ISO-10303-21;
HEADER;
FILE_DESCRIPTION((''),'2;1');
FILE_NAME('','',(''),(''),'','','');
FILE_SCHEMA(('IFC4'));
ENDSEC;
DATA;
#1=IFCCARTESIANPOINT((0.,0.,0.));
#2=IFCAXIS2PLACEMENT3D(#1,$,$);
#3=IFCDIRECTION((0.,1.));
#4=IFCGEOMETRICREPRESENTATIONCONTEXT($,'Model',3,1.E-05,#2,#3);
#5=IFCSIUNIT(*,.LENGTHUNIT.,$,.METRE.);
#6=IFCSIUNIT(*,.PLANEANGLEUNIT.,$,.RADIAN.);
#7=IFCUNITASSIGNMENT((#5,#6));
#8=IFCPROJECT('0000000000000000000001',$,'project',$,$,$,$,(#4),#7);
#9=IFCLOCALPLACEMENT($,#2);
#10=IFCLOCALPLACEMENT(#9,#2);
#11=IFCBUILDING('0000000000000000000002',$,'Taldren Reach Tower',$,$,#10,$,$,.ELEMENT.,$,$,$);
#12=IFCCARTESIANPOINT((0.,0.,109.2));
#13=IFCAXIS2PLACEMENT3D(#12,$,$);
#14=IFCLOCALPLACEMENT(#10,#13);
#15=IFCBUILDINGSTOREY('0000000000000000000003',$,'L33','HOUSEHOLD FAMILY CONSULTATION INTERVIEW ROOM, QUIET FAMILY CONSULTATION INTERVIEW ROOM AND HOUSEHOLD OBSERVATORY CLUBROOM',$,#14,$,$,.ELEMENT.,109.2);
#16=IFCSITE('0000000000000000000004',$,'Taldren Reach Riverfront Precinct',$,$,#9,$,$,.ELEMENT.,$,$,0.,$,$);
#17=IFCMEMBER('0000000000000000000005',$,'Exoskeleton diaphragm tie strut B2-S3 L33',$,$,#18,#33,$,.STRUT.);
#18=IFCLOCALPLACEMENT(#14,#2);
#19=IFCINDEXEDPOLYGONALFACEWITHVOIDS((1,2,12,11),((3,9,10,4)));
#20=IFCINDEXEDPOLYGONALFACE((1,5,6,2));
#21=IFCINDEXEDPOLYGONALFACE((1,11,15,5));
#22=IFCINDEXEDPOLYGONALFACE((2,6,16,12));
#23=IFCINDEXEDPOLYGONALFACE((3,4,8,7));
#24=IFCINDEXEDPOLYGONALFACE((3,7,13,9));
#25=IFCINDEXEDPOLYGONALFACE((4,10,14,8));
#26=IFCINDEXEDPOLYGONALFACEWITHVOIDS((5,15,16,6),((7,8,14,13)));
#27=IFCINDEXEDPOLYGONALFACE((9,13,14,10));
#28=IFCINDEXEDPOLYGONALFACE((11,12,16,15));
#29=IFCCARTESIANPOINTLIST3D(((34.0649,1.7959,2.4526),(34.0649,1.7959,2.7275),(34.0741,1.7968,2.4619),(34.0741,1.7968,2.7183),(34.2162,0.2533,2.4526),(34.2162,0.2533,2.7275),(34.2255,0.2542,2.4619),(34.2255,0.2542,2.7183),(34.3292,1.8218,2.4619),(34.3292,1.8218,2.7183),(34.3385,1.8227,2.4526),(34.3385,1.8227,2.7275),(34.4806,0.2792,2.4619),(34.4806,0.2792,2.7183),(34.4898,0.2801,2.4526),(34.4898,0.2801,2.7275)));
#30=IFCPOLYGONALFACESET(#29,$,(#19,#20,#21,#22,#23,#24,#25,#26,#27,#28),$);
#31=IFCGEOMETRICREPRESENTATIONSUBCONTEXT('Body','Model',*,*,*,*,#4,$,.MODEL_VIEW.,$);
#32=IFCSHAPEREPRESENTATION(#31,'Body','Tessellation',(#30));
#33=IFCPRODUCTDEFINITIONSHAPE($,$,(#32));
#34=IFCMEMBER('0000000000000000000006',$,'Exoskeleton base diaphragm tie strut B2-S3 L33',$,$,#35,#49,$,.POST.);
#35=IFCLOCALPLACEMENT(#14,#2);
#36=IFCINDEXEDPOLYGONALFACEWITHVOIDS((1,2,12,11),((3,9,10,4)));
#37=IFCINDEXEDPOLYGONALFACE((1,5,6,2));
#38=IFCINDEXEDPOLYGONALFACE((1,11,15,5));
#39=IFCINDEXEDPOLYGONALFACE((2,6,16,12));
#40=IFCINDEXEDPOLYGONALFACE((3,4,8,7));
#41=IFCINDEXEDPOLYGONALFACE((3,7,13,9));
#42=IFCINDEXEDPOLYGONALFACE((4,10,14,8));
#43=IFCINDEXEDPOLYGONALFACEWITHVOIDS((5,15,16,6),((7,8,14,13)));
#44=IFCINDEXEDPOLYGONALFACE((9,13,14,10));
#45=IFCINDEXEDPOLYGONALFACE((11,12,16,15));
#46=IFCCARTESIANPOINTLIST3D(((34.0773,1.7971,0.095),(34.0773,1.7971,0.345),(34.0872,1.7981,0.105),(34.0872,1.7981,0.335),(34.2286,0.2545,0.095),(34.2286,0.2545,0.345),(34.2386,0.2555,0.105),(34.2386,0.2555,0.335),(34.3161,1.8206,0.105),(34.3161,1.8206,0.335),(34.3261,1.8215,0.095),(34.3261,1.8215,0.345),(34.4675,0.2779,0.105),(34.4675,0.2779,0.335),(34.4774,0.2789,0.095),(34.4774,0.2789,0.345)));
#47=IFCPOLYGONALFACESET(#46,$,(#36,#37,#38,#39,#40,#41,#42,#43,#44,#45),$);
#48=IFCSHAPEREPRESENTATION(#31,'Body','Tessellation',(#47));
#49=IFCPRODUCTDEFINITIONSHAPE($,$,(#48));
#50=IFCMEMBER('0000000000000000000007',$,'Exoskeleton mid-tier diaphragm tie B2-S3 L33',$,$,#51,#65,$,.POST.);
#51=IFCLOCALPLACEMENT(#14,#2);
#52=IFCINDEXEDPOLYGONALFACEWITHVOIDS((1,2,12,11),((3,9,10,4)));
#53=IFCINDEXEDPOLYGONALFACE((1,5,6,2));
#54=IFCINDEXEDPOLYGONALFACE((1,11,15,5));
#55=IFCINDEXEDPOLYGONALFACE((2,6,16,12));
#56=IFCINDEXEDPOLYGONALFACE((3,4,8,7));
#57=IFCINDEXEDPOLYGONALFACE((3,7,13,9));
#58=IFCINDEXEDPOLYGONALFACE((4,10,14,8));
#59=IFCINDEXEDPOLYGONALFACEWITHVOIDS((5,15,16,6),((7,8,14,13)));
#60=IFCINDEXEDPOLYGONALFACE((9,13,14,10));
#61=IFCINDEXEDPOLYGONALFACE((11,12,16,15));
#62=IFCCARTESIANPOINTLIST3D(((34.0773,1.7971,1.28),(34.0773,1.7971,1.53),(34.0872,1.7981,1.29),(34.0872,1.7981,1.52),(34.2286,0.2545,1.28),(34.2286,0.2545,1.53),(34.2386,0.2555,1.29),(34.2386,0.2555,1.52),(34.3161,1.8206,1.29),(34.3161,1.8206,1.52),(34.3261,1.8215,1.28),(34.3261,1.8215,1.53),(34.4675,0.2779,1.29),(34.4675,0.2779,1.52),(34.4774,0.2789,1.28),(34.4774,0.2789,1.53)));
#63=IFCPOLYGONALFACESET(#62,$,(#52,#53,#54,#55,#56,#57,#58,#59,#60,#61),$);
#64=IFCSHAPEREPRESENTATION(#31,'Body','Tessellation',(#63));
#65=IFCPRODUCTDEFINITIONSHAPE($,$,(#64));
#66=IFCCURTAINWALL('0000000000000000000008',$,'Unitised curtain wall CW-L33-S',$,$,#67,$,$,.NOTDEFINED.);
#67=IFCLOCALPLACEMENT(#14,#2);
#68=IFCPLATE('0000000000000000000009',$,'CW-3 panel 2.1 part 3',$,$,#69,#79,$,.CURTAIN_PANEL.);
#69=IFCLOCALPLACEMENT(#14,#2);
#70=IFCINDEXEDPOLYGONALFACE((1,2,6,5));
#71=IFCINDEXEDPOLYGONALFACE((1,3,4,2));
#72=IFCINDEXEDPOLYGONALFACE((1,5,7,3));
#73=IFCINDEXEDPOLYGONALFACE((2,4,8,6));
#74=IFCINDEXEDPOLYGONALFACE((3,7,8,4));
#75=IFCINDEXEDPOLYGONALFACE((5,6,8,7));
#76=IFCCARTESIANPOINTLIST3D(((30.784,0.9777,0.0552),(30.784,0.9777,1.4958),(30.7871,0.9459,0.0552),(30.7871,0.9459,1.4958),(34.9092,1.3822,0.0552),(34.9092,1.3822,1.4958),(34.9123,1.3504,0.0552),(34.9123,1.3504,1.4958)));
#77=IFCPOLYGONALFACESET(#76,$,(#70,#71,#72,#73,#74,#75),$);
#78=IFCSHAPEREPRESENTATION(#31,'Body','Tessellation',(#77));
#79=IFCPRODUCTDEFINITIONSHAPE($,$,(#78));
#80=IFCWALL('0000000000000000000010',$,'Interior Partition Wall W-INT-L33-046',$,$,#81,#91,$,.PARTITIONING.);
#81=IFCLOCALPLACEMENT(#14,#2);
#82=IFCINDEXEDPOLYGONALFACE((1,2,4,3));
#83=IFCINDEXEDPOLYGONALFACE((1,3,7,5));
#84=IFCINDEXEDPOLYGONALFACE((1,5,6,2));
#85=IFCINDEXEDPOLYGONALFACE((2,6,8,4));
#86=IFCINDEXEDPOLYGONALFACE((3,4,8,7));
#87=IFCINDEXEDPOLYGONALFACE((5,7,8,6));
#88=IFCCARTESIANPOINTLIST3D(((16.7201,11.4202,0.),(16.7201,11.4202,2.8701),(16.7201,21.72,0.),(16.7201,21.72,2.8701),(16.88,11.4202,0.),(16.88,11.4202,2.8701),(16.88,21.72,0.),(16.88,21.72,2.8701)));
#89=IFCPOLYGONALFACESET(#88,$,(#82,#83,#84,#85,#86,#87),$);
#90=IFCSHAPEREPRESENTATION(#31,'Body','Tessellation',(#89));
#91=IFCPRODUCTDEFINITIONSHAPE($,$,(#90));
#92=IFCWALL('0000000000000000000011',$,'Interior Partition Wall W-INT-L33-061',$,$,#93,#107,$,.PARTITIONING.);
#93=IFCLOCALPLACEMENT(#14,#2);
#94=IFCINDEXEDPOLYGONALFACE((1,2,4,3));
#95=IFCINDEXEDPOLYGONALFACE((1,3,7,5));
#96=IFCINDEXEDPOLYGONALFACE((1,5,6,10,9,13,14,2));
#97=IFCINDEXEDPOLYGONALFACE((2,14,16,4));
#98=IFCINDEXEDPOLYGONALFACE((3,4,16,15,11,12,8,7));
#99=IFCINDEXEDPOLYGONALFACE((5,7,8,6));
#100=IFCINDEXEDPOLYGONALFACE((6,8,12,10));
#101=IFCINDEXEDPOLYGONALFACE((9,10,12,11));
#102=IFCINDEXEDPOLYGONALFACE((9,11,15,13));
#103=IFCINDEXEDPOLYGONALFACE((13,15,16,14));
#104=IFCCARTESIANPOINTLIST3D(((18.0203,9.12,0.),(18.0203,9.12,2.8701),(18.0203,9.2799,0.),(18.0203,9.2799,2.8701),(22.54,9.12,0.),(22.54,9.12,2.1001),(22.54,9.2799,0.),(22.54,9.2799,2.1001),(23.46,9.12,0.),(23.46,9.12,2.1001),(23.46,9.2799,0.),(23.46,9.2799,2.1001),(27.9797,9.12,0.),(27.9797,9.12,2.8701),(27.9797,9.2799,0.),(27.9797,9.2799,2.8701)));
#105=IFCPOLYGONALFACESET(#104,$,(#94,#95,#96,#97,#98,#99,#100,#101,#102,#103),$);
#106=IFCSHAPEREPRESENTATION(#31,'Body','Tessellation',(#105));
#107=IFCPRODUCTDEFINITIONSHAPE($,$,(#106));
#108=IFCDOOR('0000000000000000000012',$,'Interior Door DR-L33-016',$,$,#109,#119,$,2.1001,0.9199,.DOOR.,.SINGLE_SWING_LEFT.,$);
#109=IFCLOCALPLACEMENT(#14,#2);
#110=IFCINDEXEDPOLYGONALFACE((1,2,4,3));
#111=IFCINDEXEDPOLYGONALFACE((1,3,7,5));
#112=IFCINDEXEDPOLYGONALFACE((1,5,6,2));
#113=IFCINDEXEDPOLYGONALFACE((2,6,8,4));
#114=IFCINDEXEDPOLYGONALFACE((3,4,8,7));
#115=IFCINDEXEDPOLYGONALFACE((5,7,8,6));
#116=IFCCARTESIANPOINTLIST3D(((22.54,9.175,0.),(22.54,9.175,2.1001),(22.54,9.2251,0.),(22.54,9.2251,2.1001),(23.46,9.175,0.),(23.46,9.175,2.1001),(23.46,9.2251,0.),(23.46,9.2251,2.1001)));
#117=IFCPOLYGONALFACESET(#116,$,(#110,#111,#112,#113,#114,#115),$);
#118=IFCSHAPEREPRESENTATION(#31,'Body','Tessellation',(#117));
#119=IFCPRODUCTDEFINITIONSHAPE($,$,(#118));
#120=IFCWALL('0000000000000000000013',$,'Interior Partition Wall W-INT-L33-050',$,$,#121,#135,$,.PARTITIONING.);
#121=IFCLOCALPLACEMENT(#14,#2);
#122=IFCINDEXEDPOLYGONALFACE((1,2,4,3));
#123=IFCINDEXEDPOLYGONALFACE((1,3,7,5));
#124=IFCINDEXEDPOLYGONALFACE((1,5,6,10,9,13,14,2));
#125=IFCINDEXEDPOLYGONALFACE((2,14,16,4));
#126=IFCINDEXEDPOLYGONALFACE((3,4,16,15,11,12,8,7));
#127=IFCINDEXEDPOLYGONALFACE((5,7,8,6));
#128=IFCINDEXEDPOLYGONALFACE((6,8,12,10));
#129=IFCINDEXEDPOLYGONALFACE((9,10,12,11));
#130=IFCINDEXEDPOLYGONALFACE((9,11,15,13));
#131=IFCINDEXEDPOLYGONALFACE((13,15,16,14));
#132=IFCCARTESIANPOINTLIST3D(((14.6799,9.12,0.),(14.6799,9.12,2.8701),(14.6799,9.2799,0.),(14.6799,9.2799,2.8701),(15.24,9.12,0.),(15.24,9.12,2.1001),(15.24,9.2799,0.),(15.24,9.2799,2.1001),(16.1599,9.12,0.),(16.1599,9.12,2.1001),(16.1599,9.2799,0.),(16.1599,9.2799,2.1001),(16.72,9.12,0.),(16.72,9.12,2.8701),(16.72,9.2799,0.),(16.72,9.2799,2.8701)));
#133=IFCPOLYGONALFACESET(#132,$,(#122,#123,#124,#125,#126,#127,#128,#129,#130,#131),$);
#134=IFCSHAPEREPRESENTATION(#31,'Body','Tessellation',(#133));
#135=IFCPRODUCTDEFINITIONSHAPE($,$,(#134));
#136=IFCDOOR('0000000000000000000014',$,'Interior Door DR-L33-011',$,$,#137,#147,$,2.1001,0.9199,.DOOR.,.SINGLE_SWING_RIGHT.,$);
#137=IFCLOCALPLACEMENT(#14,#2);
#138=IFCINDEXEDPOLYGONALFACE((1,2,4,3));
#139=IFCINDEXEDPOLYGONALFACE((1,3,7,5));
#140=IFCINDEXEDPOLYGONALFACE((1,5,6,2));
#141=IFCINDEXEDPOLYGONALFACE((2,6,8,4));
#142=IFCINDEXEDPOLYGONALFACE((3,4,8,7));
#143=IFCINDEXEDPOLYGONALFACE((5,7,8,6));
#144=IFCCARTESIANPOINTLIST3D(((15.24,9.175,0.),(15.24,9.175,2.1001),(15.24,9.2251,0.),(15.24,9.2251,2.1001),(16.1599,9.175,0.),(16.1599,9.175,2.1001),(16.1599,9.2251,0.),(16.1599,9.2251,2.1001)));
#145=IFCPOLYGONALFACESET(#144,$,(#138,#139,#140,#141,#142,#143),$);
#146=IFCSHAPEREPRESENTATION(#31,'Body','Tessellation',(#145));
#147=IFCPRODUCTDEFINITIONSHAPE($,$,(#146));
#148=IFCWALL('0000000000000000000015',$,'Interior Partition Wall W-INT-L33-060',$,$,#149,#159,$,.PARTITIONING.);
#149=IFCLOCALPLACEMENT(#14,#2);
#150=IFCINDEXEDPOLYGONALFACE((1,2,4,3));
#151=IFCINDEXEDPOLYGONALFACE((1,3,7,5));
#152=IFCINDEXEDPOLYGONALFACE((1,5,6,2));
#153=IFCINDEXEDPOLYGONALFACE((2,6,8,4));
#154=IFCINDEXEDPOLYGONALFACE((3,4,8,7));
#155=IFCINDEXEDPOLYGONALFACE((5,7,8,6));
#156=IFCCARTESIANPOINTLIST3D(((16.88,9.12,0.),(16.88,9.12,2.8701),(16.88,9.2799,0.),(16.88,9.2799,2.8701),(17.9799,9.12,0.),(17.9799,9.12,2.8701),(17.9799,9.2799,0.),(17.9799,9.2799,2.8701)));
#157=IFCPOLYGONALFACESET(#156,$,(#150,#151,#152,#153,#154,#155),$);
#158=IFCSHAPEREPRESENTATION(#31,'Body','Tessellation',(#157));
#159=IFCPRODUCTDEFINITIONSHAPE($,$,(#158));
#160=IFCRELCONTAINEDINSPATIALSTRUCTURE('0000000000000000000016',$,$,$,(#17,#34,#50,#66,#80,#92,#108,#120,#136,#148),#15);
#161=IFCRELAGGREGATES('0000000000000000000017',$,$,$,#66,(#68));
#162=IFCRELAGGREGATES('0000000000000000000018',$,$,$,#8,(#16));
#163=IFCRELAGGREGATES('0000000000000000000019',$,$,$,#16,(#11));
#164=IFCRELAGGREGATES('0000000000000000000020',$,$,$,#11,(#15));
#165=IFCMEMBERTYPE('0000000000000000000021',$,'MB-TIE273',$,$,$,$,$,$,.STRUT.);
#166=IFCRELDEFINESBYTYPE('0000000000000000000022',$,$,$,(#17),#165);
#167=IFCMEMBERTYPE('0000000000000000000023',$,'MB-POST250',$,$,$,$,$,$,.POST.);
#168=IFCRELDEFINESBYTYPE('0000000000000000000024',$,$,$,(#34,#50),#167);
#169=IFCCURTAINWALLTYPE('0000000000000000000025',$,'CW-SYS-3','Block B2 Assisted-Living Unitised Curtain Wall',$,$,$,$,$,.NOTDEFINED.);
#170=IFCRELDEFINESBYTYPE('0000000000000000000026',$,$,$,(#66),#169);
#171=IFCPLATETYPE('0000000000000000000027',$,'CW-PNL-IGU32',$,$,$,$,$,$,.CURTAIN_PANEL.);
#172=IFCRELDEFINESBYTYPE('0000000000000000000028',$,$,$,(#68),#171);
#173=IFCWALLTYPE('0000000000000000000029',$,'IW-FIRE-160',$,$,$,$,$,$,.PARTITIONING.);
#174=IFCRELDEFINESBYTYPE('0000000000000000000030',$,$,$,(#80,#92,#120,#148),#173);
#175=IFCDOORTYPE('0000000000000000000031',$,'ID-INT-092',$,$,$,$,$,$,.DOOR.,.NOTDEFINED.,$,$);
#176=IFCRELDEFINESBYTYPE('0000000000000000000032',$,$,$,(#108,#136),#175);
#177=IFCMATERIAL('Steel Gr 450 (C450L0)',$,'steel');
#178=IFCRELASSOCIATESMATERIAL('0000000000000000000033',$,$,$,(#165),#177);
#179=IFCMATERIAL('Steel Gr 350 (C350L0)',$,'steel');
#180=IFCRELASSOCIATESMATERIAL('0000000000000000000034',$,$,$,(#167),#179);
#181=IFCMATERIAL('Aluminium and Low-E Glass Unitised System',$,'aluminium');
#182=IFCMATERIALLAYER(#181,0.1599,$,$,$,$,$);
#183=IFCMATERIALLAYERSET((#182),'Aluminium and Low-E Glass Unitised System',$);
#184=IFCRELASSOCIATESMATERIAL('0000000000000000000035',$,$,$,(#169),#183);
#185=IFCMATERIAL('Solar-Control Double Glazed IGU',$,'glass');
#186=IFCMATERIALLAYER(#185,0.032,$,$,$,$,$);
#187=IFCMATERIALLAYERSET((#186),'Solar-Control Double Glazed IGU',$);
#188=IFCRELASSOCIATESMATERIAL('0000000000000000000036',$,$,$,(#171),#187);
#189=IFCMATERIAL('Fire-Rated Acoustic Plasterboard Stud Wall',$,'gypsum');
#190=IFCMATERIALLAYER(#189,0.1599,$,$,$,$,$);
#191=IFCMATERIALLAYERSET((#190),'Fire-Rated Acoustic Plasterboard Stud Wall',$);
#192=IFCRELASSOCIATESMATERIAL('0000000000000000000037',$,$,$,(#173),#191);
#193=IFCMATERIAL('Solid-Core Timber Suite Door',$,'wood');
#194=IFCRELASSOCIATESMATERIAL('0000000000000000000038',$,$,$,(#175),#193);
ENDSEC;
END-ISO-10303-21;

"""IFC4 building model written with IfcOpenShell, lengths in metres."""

from ifc_helpers import new_model, si_unit, direction, frame, frame_2d, origin, origin_2d, place, context, subcontext, project, spatial, rectangle, hollow_rectangle, extrude, source, transform, mapped, material, layer, layer_set, material_profile, profile_set, type_object, element, fill, aggregate, save


model = new_model("IFC4")

# Units and contexts
model_context = context("Model", 3, precision=1e-05, world=origin(), true_north=direction((0.0, 1.0)))
body_context = subcontext(model_context, "Body", "Model", "MODEL_VIEW")
ifc_project = project(units=[si_unit("LENGTHUNIT", "METRE"), si_unit("PLANEANGLEUNIT", "RADIAN")], contexts=[model_context])

# Site, building, storey
site_placement = place(None, origin())
site = spatial("IfcSite", under=ifc_project, at=site_placement, Name="Taldren Reach Riverfront Precinct", CompositionType="ELEMENT", RefElevation=0.0)
building_placement = place(site_placement, origin())
building = spatial("IfcBuilding", under=site, at=building_placement, Name="Taldren Reach Tower", CompositionType="ELEMENT")
storey_placement = place(building_placement, frame((0.0, 0.0, 109.2)))
storey = spatial("IfcBuildingStorey", under=building, at=storey_placement, Name="L33", Description="HOUSEHOLD FAMILY CONSULTATION INTERVIEW ROOM, QUIET FAMILY CONSULTATION INTERVIEW ROOM AND HOUSEHOLD OBSERVATORY CLUBROOM", CompositionType="ELEMENT", Elevation=109.2)

# Members
ifc_material_1 = material(Name="Steel Gr 450 (C450L0)", Category="steel")
ifc_material_profile_1 = material_profile(ifc_material_1, hollow_rectangle(XDim=0.2749, YDim=0.2749, WallThickness=0.0093, at=origin_2d()), Name="275x275x9.3SHS")
ifc_profile_set_1 = profile_set([ifc_material_profile_1], Name="Steel Gr 450 (C450L0)")
member_type_1 = type_object("IfcMemberType", Name="MB-TIE273", PredefinedType="STRUT", material=ifc_profile_set_1)
shared_shape_1 = source(origin(), body_context, "Body", "SweptSolid", [
    extrude(hollow_rectangle(XDim=0.2749, YDim=0.2749, WallThickness=0.0093, at=origin_2d()), origin(), (0.0, 0.0, 1.0), 1.55),
])
member_placement = place(storey_placement, frame((34.2017, 1.8093, 2.5901), z_axis=(0.097648, -0.995221, 0.0), x_axis=(0.995221, 0.097648, 0.0)))
element("IfcMember", 1, at=member_placement, inside=storey, type_object=member_type_1, Name="Exoskeleton diaphragm tie strut B2-S3 L33", PredefinedType="STRUT", context=body_context, shape_type="MappedRepresentation", body=[
    mapped(shared_shape_1, transform((0.0, 0.0, 0.0), scale=1.0)),
])
ifc_material_2 = material(Name="Steel Gr 350 (C350L0)", Category="steel")
ifc_material_profile_2 = material_profile(ifc_material_2, hollow_rectangle(XDim=0.25, YDim=0.25, WallThickness=0.01, at=origin_2d()), Name="250x250x10.0SHS")
ifc_profile_set_2 = profile_set([ifc_material_profile_2], Name="Steel Gr 350 (C350L0)")
member_type_2 = type_object("IfcMemberType", Name="MB-POST250", PredefinedType="POST", material=ifc_profile_set_2)
shared_shape_2 = source(origin(), body_context, "Body", "SweptSolid", [
    extrude(hollow_rectangle(XDim=0.25, YDim=0.25, WallThickness=0.01, at=origin_2d()), origin(), (0.0, 0.0, 1.0), 1.55),
])
for number, where, z_axis, x_axis, name in (
    (2, (34.2017, 1.8093, 0.22), (0.097648, -0.995221, 0.0), (0.995221, 0.097648, 0.0), "Exoskeleton base diaphragm tie strut B2-S3 L33"),
    (3, (34.2017, 1.8093, 1.405), (0.097648, -0.995221, 0.0), (0.995221, 0.097648, 0.0), "Exoskeleton mid-tier diaphragm tie B2-S3 L33"),
):
    element("IfcMember", number, at=place(storey_placement, frame(where, z_axis=z_axis, x_axis=x_axis)), inside=storey, type_object=member_type_2, Name=name, PredefinedType="POST", context=body_context, shape_type="MappedRepresentation", body=[
        mapped(shared_shape_2, transform((0.0, 0.0, 0.0), scale=1.0)),
    ])

# Curtain wall, plate
ifc_material_3 = material(Name="Aluminium and Low-E Glass Unitised System", Category="aluminium")
ifc_layer_1 = layer(ifc_material_3, 0.1599)
ifc_layer_set_1 = layer_set([ifc_layer_1], Name="Aluminium and Low-E Glass Unitised System")
curtain_wall_type = type_object("IfcCurtainWallType", Name="CW-SYS-3", Description="Block B2 Assisted-Living Unitised Curtain Wall", PredefinedType="NOTDEFINED", material=ifc_layer_set_1)
curtain_wall_placement = place(storey_placement, origin())
curtain_wall = element("IfcCurtainWall", 4, at=curtain_wall_placement, inside=storey, type_object=curtain_wall_type, Name="Unitised curtain wall CW-L33-S", PredefinedType="NOTDEFINED")
ifc_material_4 = material(Name="Solar-Control Double Glazed IGU", Category="glass")
ifc_layer_2 = layer(ifc_material_4, 0.032)
ifc_layer_set_2 = layer_set([ifc_layer_2], Name="Solar-Control Double Glazed IGU")
plate_type = type_object("IfcPlateType", Name="CW-PNL-IGU32", PredefinedType="CURTAIN_PANEL", material=ifc_layer_set_2)
shared_shape_3 = source(origin(), body_context, "Body", "SweptSolid", [
    extrude(rectangle(XDim=4.145, YDim=0.032, at=origin_2d()), origin(), (0.0, 0.0, 1.0), 1.4407),
])
plate_placement = place(storey_placement, frame((32.8481, 1.1641, 0.0552), z_axis=(0.0, 0.0, 1.0), x_axis=(0.995227, 0.097583, 0.0)))
plate = element("IfcPlate", 5, at=plate_placement, type_object=plate_type, Name="CW-3 panel 2.1 part 3", PredefinedType="CURTAIN_PANEL", context=body_context, shape_type="MappedRepresentation", body=[
    mapped(shared_shape_3, transform((0.0, 0.0, 0.0), scale=1.0)),
])
aggregate(curtain_wall, [plate])

# Wall
ifc_material_5 = material(Name="Fire-Rated Acoustic Plasterboard Stud Wall", Category="gypsum")
ifc_layer_3 = layer(ifc_material_5, 0.1599)
ifc_layer_set_3 = layer_set([ifc_layer_3], Name="Fire-Rated Acoustic Plasterboard Stud Wall")
wall_type_1 = type_object("IfcWallType", Name="IW-FIRE-160", PredefinedType="PARTITIONING", material=ifc_layer_set_3)
shared_shape_4 = source(origin(), body_context, "Body", "SweptSolid", [
    extrude(rectangle(XDim=10.2998, YDim=0.1599, at=frame_2d((5.1499, 0.0))), origin(), (0.0, 0.0, 1.0), 2.8701),
])
wall_1_placement = place(storey_placement, frame((16.8, 21.72, 0.0), z_axis=(0.0, 0.0, 1.0), x_axis=(0.0, -1.0, 0.0)))
element("IfcWall", 6, at=wall_1_placement, inside=storey, type_object=wall_type_1, Name="Interior Partition Wall W-INT-L33-046", PredefinedType="PARTITIONING", context=body_context, shape_type="MappedRepresentation", body=[
    mapped(shared_shape_4, transform((0.0, 0.0, 0.0), scale=1.0)),
])

# Walls, openings, doors
shared_shape_5 = source(origin(), body_context, "Body", "SweptSolid", [
    extrude(rectangle(XDim=9.9595, YDim=0.1599, at=frame_2d((4.9797, 0.0))), origin(), (0.0, 0.0, 1.0), 2.8701),
])
wall_2_placement = place(storey_placement, frame((27.9797, 9.2, 0.0), z_axis=(0.0, 0.0, 1.0), x_axis=(-1.0, 0.0, 0.0)))
wall_2 = element("IfcWall", 7, at=wall_2_placement, inside=storey, type_object=wall_type_1, Name="Interior Partition Wall W-INT-L33-061", PredefinedType="PARTITIONING", context=body_context, shape_type="MappedRepresentation", body=[
    mapped(shared_shape_5, transform((0.0, 0.0, 0.0), scale=1.0)),
])
shared_shape_6 = source(origin(), body_context, "Body", "SweptSolid", [
    extrude(rectangle(XDim=0.9199, YDim=2.1001, at=frame_2d((0.46, 1.05))), frame((0.0, 0.0898, 0.0), z_axis=(0.0, -1.0, 0.0), x_axis=(1.0, 0.0, 0.0)), (0.0, 0.0, 1.0), 0.1799),
])
opening_1_placement = place(wall_2_placement, frame((4.5198, 0.0, 0.0)))
opening_1 = element("IfcOpeningElement", 8, at=opening_1_placement, cuts=wall_2, PredefinedType="OPENING", context=body_context, shape_type="MappedRepresentation", body=[
    mapped(shared_shape_6, transform((0.0, 0.0, 0.0), scale=1.0)),
])
ifc_material_6 = material(Name="Solid-Core Timber Suite Door", Category="wood")
door_type = type_object("IfcDoorType", Name="ID-INT-092", OperationType="NOTDEFINED", PredefinedType="DOOR", material=ifc_material_6)
shared_shape_7 = source(origin(), body_context, "Body", "SweptSolid", [
    extrude(rectangle(XDim=0.9199, YDim=2.1001, at=frame_2d((0.46, 1.05))), frame((0.0, 0.0249, 0.0), z_axis=(0.0, -1.0, 0.0), x_axis=(1.0, 0.0, 0.0)), (0.0, 0.0, 1.0), 0.05),
])
door_1_placement = place(opening_1_placement, origin())
door_1 = element("IfcDoor", 9, at=door_1_placement, inside=storey, type_object=door_type, Name="Interior Door DR-L33-016", OperationType="SINGLE_SWING_LEFT", OverallHeight=2.1001, OverallWidth=0.9199, PredefinedType="DOOR", context=body_context, shape_type="MappedRepresentation", body=[
    mapped(shared_shape_7, transform((0.0, 0.0, 0.0), scale=1.0)),
])
fill(opening_1, door_1)
shared_shape_8 = source(origin(), body_context, "Body", "SweptSolid", [
    extrude(rectangle(XDim=2.04, YDim=0.1599, at=frame_2d((1.02, 0.0))), origin(), (0.0, 0.0, 1.0), 2.8701),
])
wall_3_placement = place(storey_placement, frame((16.72, 9.2, 0.0), z_axis=(0.0, 0.0, 1.0), x_axis=(-1.0, 0.0, 0.0)))
wall_3 = element("IfcWall", 10, at=wall_3_placement, inside=storey, type_object=wall_type_1, Name="Interior Partition Wall W-INT-L33-050", PredefinedType="PARTITIONING", context=body_context, shape_type="MappedRepresentation", body=[
    mapped(shared_shape_8, transform((0.0, 0.0, 0.0), scale=1.0)),
])
opening_2_placement = place(wall_3_placement, frame((0.5601, 0.0, 0.0)))
opening_2 = element("IfcOpeningElement", 11, at=opening_2_placement, cuts=wall_3, PredefinedType="OPENING", context=body_context, shape_type="MappedRepresentation", body=[
    mapped(shared_shape_6, transform((0.0, 0.0, 0.0), scale=1.0)),
])
door_2_placement = place(opening_2_placement, origin())
door_2 = element("IfcDoor", 12, at=door_2_placement, inside=storey, type_object=door_type, Name="Interior Door DR-L33-011", OperationType="SINGLE_SWING_RIGHT", OverallHeight=2.1001, OverallWidth=0.9199, PredefinedType="DOOR", context=body_context, shape_type="MappedRepresentation", body=[
    mapped(shared_shape_7, transform((0.0, 0.0, 0.0), scale=1.0)),
])
fill(opening_2, door_2)

# Wall
shared_shape_9 = source(origin(), body_context, "Body", "SweptSolid", [
    extrude(rectangle(XDim=1.0999, YDim=0.1599, at=frame_2d((0.5498, 0.0))), origin(), (0.0, 0.0, 1.0), 2.8701),
])
wall_4_placement = place(storey_placement, frame((17.9797, 9.2, 0.0), z_axis=(0.0, 0.0, 1.0), x_axis=(-1.0, 0.0, 0.0)))
element("IfcWall", 13, at=wall_4_placement, inside=storey, type_object=wall_type_1, Name="Interior Partition Wall W-INT-L33-060", PredefinedType="PARTITIONING", context=body_context, shape_type="MappedRepresentation", body=[
    mapped(shared_shape_9, transform((0.0, 0.0, 0.0), scale=1.0)),
])

save(model, "model.ifc")
